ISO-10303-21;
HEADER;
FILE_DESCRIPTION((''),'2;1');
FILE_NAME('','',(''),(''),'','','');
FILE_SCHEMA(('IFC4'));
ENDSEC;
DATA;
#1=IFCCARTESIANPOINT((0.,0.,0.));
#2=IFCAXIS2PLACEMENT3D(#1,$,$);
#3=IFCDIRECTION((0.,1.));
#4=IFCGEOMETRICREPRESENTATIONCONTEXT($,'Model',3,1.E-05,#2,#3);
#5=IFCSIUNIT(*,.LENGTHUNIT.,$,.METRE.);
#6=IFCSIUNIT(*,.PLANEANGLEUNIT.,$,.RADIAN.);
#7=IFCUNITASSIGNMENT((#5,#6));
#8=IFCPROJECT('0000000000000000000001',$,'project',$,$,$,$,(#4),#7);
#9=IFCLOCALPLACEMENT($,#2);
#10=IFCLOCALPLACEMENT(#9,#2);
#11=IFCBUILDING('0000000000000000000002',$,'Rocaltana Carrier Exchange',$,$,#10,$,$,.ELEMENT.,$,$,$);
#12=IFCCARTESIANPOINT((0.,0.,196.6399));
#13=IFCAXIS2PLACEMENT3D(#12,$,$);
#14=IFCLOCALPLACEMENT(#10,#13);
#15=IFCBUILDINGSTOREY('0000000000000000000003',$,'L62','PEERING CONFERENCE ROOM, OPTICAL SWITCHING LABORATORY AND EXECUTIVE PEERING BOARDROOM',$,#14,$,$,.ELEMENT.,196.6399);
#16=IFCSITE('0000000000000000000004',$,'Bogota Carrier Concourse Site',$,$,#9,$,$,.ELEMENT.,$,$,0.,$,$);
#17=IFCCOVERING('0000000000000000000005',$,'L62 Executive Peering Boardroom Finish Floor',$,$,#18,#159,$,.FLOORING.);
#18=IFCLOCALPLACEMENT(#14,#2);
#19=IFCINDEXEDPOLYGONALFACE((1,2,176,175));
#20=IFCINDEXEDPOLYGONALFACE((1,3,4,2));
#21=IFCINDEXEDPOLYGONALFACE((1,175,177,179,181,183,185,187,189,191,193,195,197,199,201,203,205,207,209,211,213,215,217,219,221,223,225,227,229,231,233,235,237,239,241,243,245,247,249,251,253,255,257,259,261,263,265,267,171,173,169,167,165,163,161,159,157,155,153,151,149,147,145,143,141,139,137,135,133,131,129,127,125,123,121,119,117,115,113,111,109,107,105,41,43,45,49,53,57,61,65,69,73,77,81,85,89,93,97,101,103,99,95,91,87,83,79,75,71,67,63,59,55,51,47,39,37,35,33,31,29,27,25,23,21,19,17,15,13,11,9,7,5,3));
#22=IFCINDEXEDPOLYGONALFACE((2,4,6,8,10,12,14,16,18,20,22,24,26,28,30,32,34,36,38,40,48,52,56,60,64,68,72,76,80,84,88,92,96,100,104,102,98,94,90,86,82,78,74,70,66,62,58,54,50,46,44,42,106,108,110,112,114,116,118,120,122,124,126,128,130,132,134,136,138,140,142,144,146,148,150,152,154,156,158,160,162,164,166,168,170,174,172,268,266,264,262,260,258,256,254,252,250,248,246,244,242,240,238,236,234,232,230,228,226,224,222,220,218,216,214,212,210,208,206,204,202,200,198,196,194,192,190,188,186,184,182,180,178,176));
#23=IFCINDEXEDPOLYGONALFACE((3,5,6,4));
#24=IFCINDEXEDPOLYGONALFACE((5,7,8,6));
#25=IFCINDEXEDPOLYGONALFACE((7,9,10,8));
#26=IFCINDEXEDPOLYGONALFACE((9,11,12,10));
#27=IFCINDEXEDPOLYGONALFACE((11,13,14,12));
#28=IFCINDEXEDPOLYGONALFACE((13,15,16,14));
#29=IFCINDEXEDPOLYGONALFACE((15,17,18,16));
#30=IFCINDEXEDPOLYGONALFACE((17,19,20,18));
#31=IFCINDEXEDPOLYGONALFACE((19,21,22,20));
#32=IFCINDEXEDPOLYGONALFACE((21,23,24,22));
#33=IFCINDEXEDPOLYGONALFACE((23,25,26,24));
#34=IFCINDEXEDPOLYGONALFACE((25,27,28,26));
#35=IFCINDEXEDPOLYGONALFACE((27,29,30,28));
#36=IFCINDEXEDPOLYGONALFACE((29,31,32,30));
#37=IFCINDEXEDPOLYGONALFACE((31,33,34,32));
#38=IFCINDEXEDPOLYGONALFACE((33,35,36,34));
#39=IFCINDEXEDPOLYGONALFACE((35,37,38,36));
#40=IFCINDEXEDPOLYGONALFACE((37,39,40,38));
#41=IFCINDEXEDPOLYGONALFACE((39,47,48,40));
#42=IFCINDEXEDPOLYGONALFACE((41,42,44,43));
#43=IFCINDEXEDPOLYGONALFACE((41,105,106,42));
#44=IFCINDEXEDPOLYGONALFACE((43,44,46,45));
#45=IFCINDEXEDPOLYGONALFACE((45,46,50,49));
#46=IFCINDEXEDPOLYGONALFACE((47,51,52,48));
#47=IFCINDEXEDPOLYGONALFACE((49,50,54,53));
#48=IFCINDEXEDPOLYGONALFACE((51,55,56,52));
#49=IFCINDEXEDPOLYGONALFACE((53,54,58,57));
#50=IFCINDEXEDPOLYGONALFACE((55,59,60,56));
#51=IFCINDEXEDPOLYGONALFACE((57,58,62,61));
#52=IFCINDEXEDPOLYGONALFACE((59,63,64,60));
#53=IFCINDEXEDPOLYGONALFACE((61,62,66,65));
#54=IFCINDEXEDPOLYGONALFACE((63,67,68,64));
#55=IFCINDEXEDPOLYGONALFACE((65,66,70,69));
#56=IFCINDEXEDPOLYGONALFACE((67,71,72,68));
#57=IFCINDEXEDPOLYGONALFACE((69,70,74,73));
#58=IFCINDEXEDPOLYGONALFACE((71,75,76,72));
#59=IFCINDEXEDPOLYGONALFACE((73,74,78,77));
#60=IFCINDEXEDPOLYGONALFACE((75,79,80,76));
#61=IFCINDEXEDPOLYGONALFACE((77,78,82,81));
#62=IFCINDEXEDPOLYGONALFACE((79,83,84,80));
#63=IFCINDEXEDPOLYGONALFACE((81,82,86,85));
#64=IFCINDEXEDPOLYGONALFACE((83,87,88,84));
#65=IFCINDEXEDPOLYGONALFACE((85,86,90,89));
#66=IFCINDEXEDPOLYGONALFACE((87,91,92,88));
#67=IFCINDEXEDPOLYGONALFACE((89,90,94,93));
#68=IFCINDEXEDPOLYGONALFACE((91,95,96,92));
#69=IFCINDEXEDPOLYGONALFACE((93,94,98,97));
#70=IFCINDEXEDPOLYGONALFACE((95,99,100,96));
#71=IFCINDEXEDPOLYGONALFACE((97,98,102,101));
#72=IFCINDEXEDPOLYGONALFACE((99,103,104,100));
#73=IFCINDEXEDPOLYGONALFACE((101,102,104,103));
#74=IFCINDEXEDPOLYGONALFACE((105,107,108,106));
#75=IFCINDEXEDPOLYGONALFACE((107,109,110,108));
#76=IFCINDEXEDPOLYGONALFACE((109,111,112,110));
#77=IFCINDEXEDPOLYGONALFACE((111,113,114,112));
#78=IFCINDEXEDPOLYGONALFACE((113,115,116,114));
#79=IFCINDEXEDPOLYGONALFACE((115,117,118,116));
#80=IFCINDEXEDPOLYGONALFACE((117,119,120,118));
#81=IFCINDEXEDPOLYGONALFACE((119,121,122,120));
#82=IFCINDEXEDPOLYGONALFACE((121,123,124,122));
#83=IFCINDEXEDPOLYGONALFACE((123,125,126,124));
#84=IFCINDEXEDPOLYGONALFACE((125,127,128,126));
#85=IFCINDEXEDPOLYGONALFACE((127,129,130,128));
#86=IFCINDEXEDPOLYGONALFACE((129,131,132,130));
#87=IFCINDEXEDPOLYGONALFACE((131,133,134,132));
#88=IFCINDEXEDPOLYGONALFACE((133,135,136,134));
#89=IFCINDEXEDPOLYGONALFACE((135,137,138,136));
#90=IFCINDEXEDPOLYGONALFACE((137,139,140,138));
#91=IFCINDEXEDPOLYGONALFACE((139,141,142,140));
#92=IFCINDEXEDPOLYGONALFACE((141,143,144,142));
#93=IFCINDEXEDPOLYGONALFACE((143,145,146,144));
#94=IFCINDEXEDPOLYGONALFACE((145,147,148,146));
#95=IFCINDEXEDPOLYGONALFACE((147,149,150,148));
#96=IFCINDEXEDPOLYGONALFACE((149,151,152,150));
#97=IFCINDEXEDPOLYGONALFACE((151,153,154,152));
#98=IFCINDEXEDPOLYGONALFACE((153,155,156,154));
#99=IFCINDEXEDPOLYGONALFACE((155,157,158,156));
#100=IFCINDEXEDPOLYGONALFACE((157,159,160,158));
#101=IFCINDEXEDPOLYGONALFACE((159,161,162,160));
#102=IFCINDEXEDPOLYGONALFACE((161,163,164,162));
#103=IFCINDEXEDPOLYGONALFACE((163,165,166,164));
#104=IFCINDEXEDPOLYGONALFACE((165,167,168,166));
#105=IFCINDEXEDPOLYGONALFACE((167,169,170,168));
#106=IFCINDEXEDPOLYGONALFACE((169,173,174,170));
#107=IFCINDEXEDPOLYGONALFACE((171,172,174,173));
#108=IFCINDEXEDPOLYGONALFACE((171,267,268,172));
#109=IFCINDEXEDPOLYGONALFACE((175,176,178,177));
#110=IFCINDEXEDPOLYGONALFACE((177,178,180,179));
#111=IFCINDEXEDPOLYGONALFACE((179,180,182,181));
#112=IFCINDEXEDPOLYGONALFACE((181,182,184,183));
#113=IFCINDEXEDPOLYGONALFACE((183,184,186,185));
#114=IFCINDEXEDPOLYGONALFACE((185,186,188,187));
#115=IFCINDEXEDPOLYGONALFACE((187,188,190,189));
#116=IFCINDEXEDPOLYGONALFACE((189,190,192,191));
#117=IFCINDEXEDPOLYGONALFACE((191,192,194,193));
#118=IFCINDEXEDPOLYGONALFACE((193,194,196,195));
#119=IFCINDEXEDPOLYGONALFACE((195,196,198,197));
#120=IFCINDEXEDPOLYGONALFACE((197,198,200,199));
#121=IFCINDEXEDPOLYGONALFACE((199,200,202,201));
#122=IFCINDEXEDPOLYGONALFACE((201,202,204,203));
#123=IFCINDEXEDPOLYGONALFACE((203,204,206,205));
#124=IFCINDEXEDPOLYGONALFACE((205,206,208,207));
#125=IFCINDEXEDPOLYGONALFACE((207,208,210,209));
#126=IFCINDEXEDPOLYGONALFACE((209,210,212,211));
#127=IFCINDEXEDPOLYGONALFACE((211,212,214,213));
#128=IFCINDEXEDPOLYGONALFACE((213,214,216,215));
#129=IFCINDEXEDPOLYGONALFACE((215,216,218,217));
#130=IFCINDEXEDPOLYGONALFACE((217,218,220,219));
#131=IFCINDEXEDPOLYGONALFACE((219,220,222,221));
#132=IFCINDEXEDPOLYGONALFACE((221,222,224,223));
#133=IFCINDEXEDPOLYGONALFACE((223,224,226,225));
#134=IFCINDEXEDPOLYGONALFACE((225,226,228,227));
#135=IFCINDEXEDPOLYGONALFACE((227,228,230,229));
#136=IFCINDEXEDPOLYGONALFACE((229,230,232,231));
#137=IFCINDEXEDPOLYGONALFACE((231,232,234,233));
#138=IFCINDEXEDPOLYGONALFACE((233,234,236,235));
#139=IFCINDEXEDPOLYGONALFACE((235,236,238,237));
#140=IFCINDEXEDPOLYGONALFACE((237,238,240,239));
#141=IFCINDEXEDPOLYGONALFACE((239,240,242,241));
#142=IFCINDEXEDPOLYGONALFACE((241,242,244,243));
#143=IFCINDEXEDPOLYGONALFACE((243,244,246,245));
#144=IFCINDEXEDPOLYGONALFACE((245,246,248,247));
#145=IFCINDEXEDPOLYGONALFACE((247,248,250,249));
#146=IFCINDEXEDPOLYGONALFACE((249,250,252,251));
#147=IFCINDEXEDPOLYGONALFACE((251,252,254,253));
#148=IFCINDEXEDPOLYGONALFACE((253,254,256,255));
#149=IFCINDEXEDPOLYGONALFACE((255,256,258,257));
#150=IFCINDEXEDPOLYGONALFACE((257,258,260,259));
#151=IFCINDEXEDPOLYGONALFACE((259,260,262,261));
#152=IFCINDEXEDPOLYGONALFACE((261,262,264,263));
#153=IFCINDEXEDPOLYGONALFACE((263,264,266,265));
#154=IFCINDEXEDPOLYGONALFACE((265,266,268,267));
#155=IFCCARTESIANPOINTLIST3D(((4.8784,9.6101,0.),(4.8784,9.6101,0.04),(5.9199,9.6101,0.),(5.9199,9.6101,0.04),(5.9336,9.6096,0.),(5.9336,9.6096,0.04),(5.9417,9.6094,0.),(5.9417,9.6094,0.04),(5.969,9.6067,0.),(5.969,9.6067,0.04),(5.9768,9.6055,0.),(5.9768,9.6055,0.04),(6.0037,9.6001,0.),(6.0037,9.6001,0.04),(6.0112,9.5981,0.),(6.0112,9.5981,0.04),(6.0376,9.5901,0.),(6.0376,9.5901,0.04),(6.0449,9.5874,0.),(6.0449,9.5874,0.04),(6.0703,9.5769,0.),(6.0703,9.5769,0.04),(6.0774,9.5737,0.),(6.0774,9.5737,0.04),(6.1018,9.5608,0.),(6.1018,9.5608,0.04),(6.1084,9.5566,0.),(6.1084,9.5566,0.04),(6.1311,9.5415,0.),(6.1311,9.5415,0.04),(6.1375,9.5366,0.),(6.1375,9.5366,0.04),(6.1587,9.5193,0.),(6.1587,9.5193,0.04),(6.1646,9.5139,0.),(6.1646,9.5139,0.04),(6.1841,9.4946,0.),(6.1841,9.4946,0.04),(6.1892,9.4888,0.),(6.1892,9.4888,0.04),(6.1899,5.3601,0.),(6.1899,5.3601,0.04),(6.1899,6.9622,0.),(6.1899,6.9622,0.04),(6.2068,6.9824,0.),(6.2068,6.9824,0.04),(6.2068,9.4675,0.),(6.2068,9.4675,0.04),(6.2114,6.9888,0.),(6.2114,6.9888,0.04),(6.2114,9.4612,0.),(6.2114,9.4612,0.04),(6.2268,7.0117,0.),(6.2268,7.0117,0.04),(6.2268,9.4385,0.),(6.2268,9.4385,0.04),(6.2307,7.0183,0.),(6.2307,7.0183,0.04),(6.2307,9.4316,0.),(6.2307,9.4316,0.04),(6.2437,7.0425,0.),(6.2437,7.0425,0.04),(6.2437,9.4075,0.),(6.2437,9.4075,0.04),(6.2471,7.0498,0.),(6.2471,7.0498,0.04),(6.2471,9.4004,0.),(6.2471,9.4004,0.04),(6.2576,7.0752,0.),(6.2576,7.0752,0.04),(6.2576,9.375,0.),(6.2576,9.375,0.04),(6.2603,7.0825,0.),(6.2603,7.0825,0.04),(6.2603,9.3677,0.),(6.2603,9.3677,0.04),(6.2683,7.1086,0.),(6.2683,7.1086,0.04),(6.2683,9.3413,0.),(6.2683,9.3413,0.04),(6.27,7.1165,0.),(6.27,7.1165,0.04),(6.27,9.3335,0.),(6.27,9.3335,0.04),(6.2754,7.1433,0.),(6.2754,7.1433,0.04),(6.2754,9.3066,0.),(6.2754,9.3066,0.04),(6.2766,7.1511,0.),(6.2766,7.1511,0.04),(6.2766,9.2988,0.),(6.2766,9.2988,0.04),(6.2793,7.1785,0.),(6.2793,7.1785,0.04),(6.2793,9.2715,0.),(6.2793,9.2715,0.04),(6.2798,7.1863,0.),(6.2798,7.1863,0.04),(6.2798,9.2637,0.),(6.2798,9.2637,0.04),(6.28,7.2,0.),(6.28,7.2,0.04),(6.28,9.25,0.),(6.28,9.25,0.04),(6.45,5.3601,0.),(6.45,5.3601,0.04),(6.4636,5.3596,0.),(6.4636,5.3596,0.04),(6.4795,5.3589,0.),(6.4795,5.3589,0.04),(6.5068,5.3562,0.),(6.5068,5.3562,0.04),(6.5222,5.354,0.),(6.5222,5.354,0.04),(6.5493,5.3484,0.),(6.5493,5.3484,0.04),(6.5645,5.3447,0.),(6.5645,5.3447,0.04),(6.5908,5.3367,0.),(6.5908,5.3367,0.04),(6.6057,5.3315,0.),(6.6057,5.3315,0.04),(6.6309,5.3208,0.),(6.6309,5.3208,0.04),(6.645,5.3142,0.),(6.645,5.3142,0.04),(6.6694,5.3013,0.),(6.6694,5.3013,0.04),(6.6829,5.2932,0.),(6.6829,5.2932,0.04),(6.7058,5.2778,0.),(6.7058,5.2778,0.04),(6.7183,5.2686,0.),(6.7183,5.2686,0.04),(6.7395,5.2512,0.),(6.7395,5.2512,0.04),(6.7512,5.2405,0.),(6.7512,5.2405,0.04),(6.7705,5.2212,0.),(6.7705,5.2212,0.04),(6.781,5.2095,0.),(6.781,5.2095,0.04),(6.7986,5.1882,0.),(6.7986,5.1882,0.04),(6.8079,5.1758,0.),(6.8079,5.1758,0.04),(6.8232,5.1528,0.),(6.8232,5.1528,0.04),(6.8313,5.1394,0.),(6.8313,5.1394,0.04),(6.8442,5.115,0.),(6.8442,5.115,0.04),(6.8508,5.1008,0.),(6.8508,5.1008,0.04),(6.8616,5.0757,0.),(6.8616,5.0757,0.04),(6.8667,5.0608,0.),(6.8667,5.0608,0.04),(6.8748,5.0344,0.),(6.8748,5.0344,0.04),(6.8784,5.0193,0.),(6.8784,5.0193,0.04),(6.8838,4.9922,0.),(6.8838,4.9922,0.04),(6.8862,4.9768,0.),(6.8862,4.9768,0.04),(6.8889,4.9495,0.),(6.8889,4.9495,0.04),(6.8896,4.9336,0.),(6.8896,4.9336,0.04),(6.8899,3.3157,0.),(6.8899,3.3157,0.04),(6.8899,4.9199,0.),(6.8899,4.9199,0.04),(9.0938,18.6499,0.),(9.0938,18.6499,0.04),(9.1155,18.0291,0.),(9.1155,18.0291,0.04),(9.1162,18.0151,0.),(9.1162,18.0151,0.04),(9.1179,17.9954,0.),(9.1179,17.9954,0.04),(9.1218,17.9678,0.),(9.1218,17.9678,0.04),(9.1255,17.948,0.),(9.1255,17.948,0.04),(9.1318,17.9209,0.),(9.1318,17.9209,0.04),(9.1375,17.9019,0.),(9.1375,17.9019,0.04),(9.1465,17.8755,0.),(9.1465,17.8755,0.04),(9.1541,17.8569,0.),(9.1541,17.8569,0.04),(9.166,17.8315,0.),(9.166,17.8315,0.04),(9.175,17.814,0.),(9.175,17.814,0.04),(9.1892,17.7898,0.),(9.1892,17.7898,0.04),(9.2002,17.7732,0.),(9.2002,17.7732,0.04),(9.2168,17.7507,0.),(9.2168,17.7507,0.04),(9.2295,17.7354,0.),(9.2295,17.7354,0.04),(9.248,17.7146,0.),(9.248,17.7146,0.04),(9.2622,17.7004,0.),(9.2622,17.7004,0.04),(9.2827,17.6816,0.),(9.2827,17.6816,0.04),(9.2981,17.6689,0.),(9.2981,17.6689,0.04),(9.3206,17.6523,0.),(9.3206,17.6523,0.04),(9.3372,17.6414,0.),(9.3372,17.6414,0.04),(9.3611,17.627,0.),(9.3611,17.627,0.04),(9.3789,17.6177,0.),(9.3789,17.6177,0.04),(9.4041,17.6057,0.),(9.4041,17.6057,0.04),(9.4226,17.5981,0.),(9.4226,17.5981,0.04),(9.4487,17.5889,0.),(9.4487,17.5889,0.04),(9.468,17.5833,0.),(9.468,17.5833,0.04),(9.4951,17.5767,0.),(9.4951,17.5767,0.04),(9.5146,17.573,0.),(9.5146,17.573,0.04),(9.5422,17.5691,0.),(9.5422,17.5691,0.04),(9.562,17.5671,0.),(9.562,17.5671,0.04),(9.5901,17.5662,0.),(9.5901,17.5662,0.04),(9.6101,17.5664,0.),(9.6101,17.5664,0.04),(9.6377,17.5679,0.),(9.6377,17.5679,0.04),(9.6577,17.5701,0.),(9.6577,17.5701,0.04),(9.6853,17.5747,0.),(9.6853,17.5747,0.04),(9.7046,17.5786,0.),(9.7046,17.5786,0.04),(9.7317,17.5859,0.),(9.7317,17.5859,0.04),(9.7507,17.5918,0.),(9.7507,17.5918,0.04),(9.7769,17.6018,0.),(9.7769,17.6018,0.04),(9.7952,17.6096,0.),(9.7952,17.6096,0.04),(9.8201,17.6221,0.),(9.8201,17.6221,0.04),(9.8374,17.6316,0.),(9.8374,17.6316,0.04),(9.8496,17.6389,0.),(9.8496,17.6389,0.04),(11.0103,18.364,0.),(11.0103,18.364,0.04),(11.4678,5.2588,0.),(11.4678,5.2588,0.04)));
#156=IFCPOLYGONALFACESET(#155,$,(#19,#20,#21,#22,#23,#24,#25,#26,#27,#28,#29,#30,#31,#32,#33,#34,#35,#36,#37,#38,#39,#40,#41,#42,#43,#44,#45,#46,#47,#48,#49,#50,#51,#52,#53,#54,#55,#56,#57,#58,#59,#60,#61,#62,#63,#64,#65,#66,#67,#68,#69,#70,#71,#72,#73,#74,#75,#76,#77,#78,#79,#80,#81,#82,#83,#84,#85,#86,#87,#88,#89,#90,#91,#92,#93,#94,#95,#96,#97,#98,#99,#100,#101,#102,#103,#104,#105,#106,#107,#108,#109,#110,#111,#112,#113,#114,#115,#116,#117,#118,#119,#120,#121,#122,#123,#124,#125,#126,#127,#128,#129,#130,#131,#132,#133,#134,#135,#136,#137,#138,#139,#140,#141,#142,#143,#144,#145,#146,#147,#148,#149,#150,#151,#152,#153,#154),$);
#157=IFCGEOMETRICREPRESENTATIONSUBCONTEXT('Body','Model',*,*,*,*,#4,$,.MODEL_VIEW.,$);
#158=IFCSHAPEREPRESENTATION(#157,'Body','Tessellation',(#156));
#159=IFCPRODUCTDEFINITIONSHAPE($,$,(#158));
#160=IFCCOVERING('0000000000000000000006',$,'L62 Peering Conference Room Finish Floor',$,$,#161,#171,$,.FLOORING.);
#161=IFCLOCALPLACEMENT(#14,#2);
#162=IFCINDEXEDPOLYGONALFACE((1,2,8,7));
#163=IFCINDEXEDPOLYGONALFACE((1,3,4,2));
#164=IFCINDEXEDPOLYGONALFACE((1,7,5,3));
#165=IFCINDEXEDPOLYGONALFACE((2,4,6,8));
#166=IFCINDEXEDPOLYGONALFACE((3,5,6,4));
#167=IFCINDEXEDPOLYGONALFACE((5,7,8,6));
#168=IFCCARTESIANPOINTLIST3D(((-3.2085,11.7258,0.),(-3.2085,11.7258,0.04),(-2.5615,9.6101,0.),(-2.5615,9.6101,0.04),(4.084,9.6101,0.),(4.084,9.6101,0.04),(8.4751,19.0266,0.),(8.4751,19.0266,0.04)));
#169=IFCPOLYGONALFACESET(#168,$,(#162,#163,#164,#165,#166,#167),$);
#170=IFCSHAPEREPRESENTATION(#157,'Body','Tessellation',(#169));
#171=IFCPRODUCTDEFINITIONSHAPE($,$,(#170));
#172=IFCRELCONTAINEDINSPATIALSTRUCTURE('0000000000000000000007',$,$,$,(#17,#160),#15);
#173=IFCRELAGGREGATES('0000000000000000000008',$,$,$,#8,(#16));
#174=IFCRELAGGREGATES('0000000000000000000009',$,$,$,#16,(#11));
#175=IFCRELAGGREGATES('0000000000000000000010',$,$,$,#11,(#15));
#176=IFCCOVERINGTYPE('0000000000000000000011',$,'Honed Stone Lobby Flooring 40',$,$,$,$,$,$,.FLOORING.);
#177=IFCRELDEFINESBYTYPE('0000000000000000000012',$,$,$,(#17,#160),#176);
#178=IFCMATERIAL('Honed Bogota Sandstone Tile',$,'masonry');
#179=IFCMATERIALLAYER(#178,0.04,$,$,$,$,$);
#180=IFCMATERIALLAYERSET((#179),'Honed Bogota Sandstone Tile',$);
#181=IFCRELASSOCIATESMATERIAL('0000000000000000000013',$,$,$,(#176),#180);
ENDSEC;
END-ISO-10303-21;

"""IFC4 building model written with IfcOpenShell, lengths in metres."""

from ifc_helpers import new_model, si_unit, direction, frame, origin, place, context, subcontext, project, spatial, polyline, outline, extrude, material, layer, layer_set, type_object, element, save


model = new_model("IFC4")

# Units and contexts
model_context = context("Model", 3, precision=1e-05, world=origin(), true_north=direction((0.0, 1.0)))
body_context = subcontext(model_context, "Body", "Model", "MODEL_VIEW")
ifc_project = project(units=[si_unit("LENGTHUNIT", "METRE"), si_unit("PLANEANGLEUNIT", "RADIAN")], contexts=[model_context])

# Site, building, storey
site_placement = place(None, origin())
site = spatial("IfcSite", under=ifc_project, at=site_placement, Name="Bogota Carrier Concourse Site", CompositionType="ELEMENT", RefElevation=0.0)
building_placement = place(site_placement, origin())
building = spatial("IfcBuilding", under=site, at=building_placement, Name="Rocaltana Carrier Exchange", CompositionType="ELEMENT")
storey_placement = place(building_placement, frame((0.0, 0.0, 196.6399)))
storey = spatial("IfcBuildingStorey", under=building, at=storey_placement, Name="L62", Description="PEERING CONFERENCE ROOM, OPTICAL SWITCHING LABORATORY AND EXECUTIVE PEERING BOARDROOM", CompositionType="ELEMENT", Elevation=196.6399)

# Coverings
ifc_material_1 = material(Name="Honed Bogota Sandstone Tile", Category="masonry")
ifc_layer_1 = layer(ifc_material_1, 0.04)
ifc_layer_set_1 = layer_set([ifc_layer_1], Name="Honed Bogota Sandstone Tile")
covering_type_1 = type_object("IfcCoveringType", Name="Honed Stone Lobby Flooring 40", PredefinedType="FLOORING", material=ifc_layer_set_1)
covering_1_placement = place(storey_placement, origin())
element("IfcCovering", 1, at=covering_1_placement, inside=storey, type_object=covering_type_1, Name="L62 Executive Peering Boardroom Finish Floor", PredefinedType="FLOORING", context=body_context, shape_type="SweptSolid", body=[
    extrude(outline(polyline([(6.1899, 6.9622), (6.2068, 6.9824), (6.2114, 6.9888), (6.2268, 7.0117), (6.2307, 7.0183), (6.2437, 7.0425), (6.2471, 7.0498), (6.2576, 7.0752), (6.2603, 7.0825), (6.2683, 7.1086), (6.27, 7.1165), (6.2754, 7.1433), (6.2766, 7.1511), (6.2793, 7.1785), (6.2798, 7.1863), (6.28, 7.2), (6.28, 9.25), (6.2798, 9.2637), (6.2793, 9.2715), (6.2766, 9.2988), (6.2754, 9.3066), (6.27, 9.3335), (6.2683, 9.3413), (6.2603, 9.3677), (6.2576, 9.375), (6.2471, 9.4004), (6.2437, 9.4075), (6.2307, 9.4316), (6.2268, 9.4385), (6.2114, 9.4612), (6.2068, 9.4675), (6.1892, 9.4888), (6.1841, 9.4946), (6.1646, 9.5139), (6.1587, 9.5193), (6.1375, 9.5366), (6.1311, 9.5415), (6.1084, 9.5566), (6.1018, 9.5608), (6.0774, 9.5737), (6.0703, 9.5769), (6.0449, 9.5874), (6.0376, 9.5901), (6.0112, 9.5981), (6.0037, 9.6001), (5.9768, 9.6055), (5.969, 9.6067), (5.9417, 9.6094), (5.9336, 9.6096), (5.9199, 9.6101), (4.8784, 9.6101), (9.0938, 18.6499), (9.1155, 18.0291), (9.1162, 18.0151), (9.1179, 17.9954), (9.1218, 17.9678), (9.1255, 17.948), (9.1318, 17.9209), (9.1375, 17.9019), (9.1465, 17.8755), (9.1541, 17.8569), (9.166, 17.8315), (9.175, 17.814), (9.1892, 17.7898), (9.2002, 17.7732), (9.2168, 17.7507), (9.2295, 17.7354), (9.248, 17.7146), (9.2622, 17.7004), (9.2827, 17.6816), (9.2981, 17.6689), (9.3206, 17.6523), (9.3372, 17.6414), (9.3611, 17.627), (9.3789, 17.6177), (9.4041, 17.6057), (9.4226, 17.5981), (9.4487, 17.5889), (9.468, 17.5833), (9.4951, 17.5767), (9.5146, 17.573), (9.5422, 17.5691), (9.562, 17.5671), (9.5901, 17.5662), (9.6101, 17.5664), (9.6377, 17.5679), (9.6577, 17.5701), (9.6853, 17.5747), (9.7046, 17.5786), (9.7317, 17.5859), (9.7507, 17.5918), (9.7769, 17.6018), (9.7952, 17.6096), (9.8201, 17.6221), (9.8374, 17.6316), (9.8496, 17.6389), (11.0103, 18.364), (11.4678, 5.2588), (6.8899, 3.3157), (6.8899, 4.9199), (6.8896, 4.9336), (6.8889, 4.9495), (6.8862, 4.9768), (6.8838, 4.9922), (6.8784, 5.0193), (6.8748, 5.0344), (6.8667, 5.0608), (6.8616, 5.0757), (6.8508, 5.1008), (6.8442, 5.115), (6.8313, 5.1394), (6.8232, 5.1528), (6.8079, 5.1758), (6.7986, 5.1882), (6.781, 5.2095), (6.7705, 5.2212), (6.7512, 5.2405), (6.7395, 5.2512), (6.7183, 5.2686), (6.7058, 5.2778), (6.6829, 5.2932), (6.6694, 5.3013), (6.645, 5.3142), (6.6309, 5.3208), (6.6057, 5.3315), (6.5908, 5.3367), (6.5645, 5.3447), (6.5493, 5.3484), (6.5222, 5.354), (6.5068, 5.3562), (6.4795, 5.3589), (6.4636, 5.3596), (6.45, 5.3601), (6.1899, 5.3601), (6.1899, 6.9622)])), origin(), (0.0, 0.0, 1.0), 0.04),
])
covering_2_placement = place(storey_placement, origin())
element("IfcCovering", 2, at=covering_2_placement, inside=storey, type_object=covering_type_1, Name="L62 Peering Conference Room Finish Floor", PredefinedType="FLOORING", context=body_context, shape_type="SweptSolid", body=[
    extrude(outline(polyline([(8.4751, 19.0266), (4.084, 9.6101), (-2.5615, 9.6101), (-3.2085, 11.7258), (8.4751, 19.0266)])), origin(), (0.0, 0.0, 1.0), 0.04),
])

save(model, "model.ifc")
